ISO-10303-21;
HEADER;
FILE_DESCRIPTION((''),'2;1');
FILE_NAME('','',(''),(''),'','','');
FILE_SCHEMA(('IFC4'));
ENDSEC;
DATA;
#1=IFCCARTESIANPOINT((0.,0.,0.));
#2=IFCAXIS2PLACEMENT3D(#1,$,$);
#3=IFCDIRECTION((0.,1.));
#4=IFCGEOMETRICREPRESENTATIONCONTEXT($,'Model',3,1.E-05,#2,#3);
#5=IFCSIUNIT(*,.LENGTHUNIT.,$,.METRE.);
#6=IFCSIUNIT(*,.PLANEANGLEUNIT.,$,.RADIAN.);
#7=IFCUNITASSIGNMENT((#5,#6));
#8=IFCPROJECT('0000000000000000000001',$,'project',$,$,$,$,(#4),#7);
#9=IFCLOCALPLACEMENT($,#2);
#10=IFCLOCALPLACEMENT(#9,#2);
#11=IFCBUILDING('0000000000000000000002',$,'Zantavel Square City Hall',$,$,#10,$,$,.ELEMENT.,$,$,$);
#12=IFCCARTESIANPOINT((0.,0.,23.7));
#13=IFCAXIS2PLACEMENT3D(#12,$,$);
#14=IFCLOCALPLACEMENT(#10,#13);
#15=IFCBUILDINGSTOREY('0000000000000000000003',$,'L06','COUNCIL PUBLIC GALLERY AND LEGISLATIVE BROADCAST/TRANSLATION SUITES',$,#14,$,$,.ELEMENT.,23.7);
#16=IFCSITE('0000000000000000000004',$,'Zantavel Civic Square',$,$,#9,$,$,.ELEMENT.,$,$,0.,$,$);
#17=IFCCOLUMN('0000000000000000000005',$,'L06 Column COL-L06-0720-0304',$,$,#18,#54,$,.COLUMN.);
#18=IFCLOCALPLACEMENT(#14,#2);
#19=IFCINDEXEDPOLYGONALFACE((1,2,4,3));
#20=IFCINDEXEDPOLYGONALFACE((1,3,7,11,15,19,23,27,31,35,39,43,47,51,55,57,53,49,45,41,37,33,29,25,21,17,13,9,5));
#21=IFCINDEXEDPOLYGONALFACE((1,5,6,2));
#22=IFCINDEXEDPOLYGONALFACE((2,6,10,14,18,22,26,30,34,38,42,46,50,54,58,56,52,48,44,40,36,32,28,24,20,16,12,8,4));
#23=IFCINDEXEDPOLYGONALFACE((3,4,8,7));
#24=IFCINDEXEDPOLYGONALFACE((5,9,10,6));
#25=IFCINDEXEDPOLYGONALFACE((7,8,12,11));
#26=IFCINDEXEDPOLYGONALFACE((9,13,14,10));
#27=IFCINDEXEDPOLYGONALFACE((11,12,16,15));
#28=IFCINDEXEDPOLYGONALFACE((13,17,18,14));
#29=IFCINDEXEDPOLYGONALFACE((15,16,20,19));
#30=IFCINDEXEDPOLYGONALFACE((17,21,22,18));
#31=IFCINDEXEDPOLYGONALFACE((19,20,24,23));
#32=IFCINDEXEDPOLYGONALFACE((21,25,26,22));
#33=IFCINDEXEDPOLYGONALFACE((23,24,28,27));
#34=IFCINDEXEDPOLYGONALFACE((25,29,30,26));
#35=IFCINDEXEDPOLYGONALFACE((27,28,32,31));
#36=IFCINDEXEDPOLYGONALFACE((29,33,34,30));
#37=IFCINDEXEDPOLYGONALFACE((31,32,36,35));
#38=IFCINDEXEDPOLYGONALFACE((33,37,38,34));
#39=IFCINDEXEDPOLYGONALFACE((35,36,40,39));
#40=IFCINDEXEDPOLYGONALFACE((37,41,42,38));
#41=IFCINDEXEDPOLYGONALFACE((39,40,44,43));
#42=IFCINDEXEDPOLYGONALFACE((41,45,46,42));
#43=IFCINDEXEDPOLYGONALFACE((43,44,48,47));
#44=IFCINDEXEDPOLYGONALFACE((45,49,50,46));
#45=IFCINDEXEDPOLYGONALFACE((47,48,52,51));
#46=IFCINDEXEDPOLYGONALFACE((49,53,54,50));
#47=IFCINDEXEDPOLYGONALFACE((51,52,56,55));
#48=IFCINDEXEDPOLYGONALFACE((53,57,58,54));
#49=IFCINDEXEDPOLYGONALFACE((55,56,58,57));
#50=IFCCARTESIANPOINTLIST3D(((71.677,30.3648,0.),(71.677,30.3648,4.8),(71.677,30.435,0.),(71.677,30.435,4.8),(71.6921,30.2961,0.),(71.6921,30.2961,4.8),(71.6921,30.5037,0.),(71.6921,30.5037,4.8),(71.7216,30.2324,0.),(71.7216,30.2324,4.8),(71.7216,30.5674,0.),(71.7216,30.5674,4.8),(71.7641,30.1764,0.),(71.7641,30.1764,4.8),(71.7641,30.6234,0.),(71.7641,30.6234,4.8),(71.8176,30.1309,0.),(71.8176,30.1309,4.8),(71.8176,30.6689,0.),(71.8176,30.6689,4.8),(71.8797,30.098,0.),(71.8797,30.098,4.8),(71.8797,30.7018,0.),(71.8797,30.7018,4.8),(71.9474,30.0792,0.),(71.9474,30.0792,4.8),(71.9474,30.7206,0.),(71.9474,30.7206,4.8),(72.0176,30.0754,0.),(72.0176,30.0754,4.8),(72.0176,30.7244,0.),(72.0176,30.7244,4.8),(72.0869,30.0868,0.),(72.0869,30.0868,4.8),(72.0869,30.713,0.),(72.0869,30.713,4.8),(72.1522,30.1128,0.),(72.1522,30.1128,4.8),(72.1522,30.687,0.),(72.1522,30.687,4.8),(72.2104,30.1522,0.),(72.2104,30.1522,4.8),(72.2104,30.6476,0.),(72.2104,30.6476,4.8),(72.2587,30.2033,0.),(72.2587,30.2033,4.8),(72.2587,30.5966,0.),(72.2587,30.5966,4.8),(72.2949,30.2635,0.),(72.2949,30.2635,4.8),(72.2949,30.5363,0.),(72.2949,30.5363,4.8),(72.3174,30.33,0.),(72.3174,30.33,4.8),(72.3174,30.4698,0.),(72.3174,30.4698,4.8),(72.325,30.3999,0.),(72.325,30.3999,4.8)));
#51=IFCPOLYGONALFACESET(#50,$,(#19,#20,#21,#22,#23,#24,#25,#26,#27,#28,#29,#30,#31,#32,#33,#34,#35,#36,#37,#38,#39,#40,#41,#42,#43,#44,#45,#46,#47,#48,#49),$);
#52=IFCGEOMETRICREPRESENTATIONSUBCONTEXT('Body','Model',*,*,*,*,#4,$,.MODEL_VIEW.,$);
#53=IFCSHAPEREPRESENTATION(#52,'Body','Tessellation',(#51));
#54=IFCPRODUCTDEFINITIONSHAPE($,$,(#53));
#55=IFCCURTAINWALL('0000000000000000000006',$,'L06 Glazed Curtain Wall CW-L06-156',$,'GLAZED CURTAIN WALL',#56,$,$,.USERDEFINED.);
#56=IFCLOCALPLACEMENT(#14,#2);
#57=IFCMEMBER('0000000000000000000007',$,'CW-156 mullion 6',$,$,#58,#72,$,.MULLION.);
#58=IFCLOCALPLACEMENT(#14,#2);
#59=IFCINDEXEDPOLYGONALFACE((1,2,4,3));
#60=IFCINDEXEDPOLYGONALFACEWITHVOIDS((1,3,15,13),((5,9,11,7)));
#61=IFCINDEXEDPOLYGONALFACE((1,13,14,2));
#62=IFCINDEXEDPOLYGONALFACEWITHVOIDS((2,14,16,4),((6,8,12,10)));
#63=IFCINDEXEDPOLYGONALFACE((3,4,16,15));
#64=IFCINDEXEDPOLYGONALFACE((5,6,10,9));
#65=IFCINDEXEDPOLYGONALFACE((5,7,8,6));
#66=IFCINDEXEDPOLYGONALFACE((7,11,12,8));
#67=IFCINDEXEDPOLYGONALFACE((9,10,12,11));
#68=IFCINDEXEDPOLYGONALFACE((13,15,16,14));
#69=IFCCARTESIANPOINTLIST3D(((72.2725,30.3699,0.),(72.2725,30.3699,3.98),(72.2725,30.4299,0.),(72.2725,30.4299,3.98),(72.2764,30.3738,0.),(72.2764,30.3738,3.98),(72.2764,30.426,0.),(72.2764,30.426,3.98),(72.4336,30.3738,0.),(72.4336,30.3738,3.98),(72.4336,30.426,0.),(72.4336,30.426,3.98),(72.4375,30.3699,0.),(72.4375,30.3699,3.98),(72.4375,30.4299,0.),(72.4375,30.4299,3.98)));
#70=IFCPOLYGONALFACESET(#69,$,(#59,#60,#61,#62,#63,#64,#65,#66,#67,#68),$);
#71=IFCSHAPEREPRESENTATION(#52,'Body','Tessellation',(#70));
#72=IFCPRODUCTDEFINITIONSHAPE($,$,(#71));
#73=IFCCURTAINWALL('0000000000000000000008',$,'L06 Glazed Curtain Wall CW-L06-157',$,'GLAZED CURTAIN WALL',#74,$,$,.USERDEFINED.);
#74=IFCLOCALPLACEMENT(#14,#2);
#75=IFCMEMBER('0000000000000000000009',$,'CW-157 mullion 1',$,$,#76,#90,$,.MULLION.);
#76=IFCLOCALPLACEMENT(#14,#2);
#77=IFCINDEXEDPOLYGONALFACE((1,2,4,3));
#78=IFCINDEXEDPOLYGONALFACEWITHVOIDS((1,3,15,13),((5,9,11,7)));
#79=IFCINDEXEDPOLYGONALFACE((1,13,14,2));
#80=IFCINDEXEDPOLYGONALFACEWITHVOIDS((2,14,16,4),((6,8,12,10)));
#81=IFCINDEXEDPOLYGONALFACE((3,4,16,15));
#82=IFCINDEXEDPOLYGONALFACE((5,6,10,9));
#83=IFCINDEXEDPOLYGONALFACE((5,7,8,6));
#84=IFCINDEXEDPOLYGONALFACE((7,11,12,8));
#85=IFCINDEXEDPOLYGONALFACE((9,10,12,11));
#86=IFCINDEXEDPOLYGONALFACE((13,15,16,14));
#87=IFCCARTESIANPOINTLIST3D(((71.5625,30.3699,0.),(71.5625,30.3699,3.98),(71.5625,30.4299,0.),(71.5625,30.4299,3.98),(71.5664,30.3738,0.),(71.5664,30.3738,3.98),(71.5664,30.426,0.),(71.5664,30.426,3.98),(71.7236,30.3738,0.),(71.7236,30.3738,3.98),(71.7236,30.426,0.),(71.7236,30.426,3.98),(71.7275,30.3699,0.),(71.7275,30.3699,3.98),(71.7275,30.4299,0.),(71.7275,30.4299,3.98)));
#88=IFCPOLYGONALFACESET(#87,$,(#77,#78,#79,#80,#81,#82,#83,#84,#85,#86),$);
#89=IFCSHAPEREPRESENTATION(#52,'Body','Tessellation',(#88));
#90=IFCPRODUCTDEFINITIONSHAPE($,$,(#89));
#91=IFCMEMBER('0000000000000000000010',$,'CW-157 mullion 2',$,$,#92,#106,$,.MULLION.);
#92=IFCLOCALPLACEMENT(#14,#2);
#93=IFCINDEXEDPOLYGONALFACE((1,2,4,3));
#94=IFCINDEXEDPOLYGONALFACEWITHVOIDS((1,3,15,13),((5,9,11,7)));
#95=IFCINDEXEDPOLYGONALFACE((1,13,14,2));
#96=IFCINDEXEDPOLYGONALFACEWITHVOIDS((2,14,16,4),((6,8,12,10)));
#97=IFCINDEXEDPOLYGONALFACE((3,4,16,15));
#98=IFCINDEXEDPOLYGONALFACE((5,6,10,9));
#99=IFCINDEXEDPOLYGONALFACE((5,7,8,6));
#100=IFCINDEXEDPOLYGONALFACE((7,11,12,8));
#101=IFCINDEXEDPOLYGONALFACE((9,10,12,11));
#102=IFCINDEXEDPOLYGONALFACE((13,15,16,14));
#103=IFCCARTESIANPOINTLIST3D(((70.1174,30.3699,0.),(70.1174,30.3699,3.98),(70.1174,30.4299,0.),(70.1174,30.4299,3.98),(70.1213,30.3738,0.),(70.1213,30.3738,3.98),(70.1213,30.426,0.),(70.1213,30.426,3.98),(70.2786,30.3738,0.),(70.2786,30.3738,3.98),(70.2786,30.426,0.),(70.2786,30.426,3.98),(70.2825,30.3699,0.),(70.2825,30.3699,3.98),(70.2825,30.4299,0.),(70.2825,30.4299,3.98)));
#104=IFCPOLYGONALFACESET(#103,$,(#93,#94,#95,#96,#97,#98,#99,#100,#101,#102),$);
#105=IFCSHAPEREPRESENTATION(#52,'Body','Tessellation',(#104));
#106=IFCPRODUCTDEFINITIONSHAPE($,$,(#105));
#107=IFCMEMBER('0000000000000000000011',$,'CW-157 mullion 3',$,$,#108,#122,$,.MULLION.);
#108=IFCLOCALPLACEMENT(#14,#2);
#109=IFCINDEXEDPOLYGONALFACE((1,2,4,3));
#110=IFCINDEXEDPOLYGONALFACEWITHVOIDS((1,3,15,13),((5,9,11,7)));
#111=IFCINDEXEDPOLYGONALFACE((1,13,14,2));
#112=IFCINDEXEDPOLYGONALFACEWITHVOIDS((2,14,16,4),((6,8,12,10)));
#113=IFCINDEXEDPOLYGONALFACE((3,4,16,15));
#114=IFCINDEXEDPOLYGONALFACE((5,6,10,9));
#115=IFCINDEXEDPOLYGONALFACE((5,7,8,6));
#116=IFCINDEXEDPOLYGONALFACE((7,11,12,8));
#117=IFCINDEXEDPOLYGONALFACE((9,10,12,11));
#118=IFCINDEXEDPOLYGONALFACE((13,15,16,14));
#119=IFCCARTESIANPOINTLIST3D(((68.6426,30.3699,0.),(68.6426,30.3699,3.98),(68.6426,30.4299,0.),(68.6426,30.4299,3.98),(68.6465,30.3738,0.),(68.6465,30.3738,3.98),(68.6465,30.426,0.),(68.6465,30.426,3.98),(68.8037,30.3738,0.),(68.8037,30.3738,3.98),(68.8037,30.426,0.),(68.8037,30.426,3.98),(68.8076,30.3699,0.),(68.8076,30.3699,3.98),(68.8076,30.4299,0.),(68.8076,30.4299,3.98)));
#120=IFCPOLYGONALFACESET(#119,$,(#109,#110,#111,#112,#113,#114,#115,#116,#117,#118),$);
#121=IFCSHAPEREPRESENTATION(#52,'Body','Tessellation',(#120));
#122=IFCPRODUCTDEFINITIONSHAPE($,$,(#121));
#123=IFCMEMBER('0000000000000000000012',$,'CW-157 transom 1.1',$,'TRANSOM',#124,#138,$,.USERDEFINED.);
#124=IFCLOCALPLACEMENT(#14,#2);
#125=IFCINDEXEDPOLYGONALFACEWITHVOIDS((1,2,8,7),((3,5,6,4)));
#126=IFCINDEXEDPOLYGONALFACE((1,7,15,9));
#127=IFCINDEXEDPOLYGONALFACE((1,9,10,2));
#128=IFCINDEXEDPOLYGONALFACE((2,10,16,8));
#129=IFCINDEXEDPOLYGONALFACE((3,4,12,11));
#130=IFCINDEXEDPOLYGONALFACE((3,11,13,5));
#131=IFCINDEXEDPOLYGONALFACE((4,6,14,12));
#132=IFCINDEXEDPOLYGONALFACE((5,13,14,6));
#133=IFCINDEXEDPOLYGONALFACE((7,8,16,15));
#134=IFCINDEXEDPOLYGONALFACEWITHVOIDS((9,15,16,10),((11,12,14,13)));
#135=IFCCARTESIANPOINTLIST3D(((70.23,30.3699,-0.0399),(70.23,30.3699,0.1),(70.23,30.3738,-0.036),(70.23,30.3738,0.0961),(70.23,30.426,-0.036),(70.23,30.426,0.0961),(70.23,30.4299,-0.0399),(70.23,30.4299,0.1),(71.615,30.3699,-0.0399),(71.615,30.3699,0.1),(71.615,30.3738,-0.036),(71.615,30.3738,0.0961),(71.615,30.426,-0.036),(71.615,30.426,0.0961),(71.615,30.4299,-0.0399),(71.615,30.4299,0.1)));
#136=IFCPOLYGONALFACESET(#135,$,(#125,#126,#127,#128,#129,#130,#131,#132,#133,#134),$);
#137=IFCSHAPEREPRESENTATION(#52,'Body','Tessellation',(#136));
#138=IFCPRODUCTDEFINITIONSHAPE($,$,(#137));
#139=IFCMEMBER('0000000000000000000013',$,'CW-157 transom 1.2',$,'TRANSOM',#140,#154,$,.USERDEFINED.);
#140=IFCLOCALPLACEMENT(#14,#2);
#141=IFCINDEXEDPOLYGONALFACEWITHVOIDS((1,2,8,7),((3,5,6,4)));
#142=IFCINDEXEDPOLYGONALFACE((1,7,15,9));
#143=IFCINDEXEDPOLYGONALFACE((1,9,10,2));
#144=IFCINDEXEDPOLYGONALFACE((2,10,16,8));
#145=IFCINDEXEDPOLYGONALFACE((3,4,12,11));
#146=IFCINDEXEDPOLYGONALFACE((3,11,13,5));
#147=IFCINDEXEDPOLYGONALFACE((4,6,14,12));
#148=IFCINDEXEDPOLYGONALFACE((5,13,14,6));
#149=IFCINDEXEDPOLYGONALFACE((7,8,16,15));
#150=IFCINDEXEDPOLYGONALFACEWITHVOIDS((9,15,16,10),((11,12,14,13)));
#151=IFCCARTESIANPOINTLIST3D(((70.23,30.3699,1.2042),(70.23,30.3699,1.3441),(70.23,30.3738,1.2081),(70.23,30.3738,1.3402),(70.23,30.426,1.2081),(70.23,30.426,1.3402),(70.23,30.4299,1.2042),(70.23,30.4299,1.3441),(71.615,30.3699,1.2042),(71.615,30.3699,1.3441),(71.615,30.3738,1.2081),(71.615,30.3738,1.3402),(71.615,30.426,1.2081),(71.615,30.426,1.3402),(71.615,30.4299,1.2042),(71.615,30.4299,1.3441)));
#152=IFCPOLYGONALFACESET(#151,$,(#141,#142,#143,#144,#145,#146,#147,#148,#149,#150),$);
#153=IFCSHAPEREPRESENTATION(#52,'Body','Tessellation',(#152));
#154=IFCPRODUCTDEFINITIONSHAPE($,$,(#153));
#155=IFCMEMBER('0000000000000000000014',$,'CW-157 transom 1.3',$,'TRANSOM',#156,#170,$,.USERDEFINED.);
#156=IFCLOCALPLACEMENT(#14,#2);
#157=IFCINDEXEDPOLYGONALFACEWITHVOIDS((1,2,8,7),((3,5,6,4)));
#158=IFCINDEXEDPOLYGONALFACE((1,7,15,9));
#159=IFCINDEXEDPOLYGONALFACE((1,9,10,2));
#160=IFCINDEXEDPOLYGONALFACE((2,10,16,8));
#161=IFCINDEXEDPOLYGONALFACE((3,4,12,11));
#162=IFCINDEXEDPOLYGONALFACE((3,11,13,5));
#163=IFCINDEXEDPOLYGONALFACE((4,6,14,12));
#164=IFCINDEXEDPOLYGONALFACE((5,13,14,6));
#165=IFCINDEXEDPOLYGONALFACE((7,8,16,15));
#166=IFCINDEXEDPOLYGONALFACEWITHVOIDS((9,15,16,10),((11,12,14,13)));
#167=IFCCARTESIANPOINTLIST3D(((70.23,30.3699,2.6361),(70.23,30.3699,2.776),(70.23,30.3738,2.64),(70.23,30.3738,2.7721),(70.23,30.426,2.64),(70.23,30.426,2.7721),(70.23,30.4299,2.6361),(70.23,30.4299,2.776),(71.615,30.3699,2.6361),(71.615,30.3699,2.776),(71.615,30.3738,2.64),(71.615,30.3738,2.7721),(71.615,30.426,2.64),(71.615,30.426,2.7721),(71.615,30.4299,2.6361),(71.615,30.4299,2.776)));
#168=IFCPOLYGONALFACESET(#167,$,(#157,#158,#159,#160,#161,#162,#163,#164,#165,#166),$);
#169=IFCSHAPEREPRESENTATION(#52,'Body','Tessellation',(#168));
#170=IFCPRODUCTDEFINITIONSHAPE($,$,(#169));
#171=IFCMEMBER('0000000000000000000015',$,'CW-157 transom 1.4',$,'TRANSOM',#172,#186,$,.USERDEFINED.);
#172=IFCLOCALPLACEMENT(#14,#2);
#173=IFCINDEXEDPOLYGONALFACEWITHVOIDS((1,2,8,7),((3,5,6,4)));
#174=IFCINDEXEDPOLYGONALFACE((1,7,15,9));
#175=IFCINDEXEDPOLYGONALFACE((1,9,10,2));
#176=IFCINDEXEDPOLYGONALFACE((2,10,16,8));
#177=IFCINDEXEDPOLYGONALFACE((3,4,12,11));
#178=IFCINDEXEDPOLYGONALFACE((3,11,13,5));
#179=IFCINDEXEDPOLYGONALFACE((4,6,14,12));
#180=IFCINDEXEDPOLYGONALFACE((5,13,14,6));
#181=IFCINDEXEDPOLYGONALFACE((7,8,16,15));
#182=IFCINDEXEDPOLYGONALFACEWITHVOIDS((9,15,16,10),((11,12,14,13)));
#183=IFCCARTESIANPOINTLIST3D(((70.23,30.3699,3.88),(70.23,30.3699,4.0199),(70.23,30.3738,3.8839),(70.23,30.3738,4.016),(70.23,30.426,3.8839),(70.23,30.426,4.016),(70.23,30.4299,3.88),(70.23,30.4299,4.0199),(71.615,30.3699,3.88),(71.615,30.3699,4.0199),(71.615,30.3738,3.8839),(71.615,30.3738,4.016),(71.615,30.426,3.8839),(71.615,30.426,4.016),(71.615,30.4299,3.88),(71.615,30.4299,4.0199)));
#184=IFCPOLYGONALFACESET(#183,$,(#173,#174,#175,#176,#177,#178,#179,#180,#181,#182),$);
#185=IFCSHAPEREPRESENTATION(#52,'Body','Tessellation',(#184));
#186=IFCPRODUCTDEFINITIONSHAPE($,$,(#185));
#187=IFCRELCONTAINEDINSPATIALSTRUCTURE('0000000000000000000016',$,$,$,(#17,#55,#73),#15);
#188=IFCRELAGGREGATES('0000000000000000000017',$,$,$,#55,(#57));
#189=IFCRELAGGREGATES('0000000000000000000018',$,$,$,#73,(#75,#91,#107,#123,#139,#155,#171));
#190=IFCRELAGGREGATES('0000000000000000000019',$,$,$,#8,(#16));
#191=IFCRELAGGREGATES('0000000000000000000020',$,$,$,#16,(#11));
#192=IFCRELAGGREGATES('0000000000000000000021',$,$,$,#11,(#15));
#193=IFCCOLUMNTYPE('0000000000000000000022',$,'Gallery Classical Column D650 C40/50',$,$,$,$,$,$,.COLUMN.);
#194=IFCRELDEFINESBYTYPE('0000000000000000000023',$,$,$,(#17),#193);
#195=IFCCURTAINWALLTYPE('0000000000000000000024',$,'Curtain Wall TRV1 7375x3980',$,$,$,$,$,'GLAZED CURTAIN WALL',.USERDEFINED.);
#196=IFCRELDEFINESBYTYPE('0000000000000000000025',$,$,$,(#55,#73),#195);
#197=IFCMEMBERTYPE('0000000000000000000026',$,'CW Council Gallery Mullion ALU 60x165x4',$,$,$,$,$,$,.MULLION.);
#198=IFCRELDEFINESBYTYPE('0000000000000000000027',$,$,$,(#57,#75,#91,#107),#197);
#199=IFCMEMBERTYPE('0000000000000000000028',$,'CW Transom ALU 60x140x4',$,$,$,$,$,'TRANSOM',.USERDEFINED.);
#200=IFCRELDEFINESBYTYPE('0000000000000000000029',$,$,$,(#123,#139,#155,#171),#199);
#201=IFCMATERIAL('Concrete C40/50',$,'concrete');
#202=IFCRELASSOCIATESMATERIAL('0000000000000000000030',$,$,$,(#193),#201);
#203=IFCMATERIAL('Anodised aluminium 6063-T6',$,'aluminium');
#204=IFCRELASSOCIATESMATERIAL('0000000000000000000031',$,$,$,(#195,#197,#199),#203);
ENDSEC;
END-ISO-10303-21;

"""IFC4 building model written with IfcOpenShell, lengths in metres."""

from ifc_helpers import new_model, si_unit, direction, frame, origin, origin_2d, place, context, subcontext, project, spatial, hollow_rectangle, circle, extrude, material, material_profile, profile_set, type_object, element, aggregate, save


model = new_model("IFC4")

# Units and contexts
model_context = context("Model", 3, precision=1e-05, world=origin(), true_north=direction((0.0, 1.0)))
body_context = subcontext(model_context, "Body", "Model", "MODEL_VIEW")
ifc_project = project(units=[si_unit("LENGTHUNIT", "METRE"), si_unit("PLANEANGLEUNIT", "RADIAN")], contexts=[model_context])

# Site, building, storey
site_placement = place(None, origin())
site = spatial("IfcSite", under=ifc_project, at=site_placement, Name="Zantavel Civic Square", CompositionType="ELEMENT", RefElevation=0.0)
building_placement = place(site_placement, origin())
building = spatial("IfcBuilding", under=site, at=building_placement, Name="Zantavel Square City Hall", CompositionType="ELEMENT")
storey_placement = place(building_placement, frame((0.0, 0.0, 23.7)))
storey = spatial("IfcBuildingStorey", under=building, at=storey_placement, Name="L06", Description="COUNCIL PUBLIC GALLERY AND LEGISLATIVE BROADCAST/TRANSLATION SUITES", CompositionType="ELEMENT", Elevation=23.7)

# Column
ifc_material_1 = material(Name="Concrete C40/50", Category="concrete")
ifc_material_profile_1 = material_profile(ifc_material_1, circle(Radius=0.325, at=origin_2d()), Name="ROUND D650")
ifc_profile_set_1 = profile_set([ifc_material_profile_1], Name="Concrete C40/50")
column_type = type_object("IfcColumnType", Name="Gallery Classical Column D650 C40/50", PredefinedType="COLUMN", material=ifc_profile_set_1)
column_placement = place(storey_placement, frame((72.0, 30.3999, 0.0), z_axis=(0.0, 0.0, 1.0), x_axis=(1.0, 0.0, 0.0)))
element("IfcColumn", 1, at=column_placement, inside=storey, type_object=column_type, Name="L06 Column COL-L06-0720-0304", PredefinedType="COLUMN", context=body_context, shape_type="SweptSolid", body=[
    extrude(circle(Radius=0.325, at=origin_2d()), origin(), (0.0, 0.0, 1.0), 4.8),
])

# Curtain wall, member
ifc_material_2 = material(Name="Anodised aluminium 6063-T6", Category="aluminium")
curtain_wall_type = type_object("IfcCurtainWallType", Name="Curtain Wall TRV1 7375x3980", ElementType="GLAZED CURTAIN WALL", PredefinedType="USERDEFINED", material=ifc_material_2)
curtain_wall_1_placement = place(storey_placement, origin())
curtain_wall_1 = element("IfcCurtainWall", 2, at=curtain_wall_1_placement, inside=storey, type_object=curtain_wall_type, Name="L06 Glazed Curtain Wall CW-L06-156", ObjectType="GLAZED CURTAIN WALL", PredefinedType="USERDEFINED")
ifc_material_profile_2 = material_profile(ifc_material_2, hollow_rectangle(XDim=0.0601, YDim=0.165, WallThickness=0.0039, at=origin_2d()), Name="ALU 60x165x4")
ifc_profile_set_2 = profile_set([ifc_material_profile_2], Name="Anodised aluminium 6063-T6")
member_type_1 = type_object("IfcMemberType", Name="CW Council Gallery Mullion ALU 60x165x4", PredefinedType="MULLION", material=ifc_profile_set_2)
member_1_placement = place(storey_placement, frame((72.355, 30.3999, 0.0), z_axis=(0.0, 0.0, 1.0), x_axis=(0.0, -1.0, 0.0)))
member_1 = element("IfcMember", 3, at=member_1_placement, type_object=member_type_1, Name="CW-156 mullion 6", PredefinedType="MULLION", context=body_context, shape_type="SweptSolid", body=[
    extrude(hollow_rectangle(XDim=0.0601, YDim=0.165, WallThickness=0.0039, at=origin_2d()), origin(), (0.0, 0.0, 1.0), 3.98),
])
aggregate(curtain_wall_1, [member_1])

# Curtain wall, members
curtain_wall_2_placement = place(storey_placement, origin())
curtain_wall_2 = element("IfcCurtainWall", 4, at=curtain_wall_2_placement, inside=storey, type_object=curtain_wall_type, Name="L06 Glazed Curtain Wall CW-L06-157", ObjectType="GLAZED CURTAIN WALL", PredefinedType="USERDEFINED")
member_2_placement = place(storey_placement, frame((71.645, 30.3999, 0.0), z_axis=(0.0, 0.0, 1.0), x_axis=(0.0, -1.0, 0.0)))
member_2 = element("IfcMember", 5, at=member_2_placement, type_object=member_type_1, Name="CW-157 mullion 1", PredefinedType="MULLION", context=body_context, shape_type="SweptSolid", body=[
    extrude(hollow_rectangle(XDim=0.0601, YDim=0.165, WallThickness=0.0039, at=origin_2d()), origin(), (0.0, 0.0, 1.0), 3.98),
])
member_3_placement = place(storey_placement, frame((70.2, 30.3999, 0.0), z_axis=(0.0, 0.0, 1.0), x_axis=(0.0, -1.0, 0.0)))
member_3 = element("IfcMember", 6, at=member_3_placement, type_object=member_type_1, Name="CW-157 mullion 2", PredefinedType="MULLION", context=body_context, shape_type="SweptSolid", body=[
    extrude(hollow_rectangle(XDim=0.0601, YDim=0.165, WallThickness=0.0039, at=origin_2d()), origin(), (0.0, 0.0, 1.0), 3.98),
])
member_4_placement = place(storey_placement, frame((68.7251, 30.3999, 0.0), z_axis=(0.0, 0.0, 1.0), x_axis=(0.0, -1.0, 0.0)))
member_4 = element("IfcMember", 7, at=member_4_placement, type_object=member_type_1, Name="CW-157 mullion 3", PredefinedType="MULLION", context=body_context, shape_type="SweptSolid", body=[
    extrude(hollow_rectangle(XDim=0.0601, YDim=0.165, WallThickness=0.0039, at=origin_2d()), origin(), (0.0, 0.0, 1.0), 3.98),
])
ifc_material_profile_3 = material_profile(ifc_material_2, hollow_rectangle(XDim=0.0601, YDim=0.1399, WallThickness=0.0039, at=origin_2d()), Name="ALU 60x140x4")
ifc_profile_set_3 = profile_set([ifc_material_profile_3], Name="Anodised aluminium 6063-T6")
member_type_2 = type_object("IfcMemberType", Name="CW Transom ALU 60x140x4", ElementType="TRANSOM", PredefinedType="USERDEFINED", material=ifc_profile_set_3)
member_5_placement = place(storey_placement, frame((71.615, 30.3999, 0.03), z_axis=(-1.0, 0.0, 0.0), x_axis=(0.0, -1.0, 0.0)))
member_5 = element("IfcMember", 8, at=member_5_placement, type_object=member_type_2, Name="CW-157 transom 1.1", ObjectType="TRANSOM", PredefinedType="USERDEFINED", context=body_context, shape_type="SweptSolid", body=[
    extrude(hollow_rectangle(XDim=0.0601, YDim=0.1399, WallThickness=0.0039, at=origin_2d()), origin(), (0.0, 0.0, 1.0), 1.385),
])
member_6_placement = place(storey_placement, frame((71.615, 30.3999, 1.2742), z_axis=(-1.0, 0.0, 0.0), x_axis=(0.0, -1.0, 0.0)))
member_6 = element("IfcMember", 9, at=member_6_placement, type_object=member_type_2, Name="CW-157 transom 1.2", ObjectType="TRANSOM", PredefinedType="USERDEFINED", context=body_context, shape_type="SweptSolid", body=[
    extrude(hollow_rectangle(XDim=0.0601, YDim=0.1399, WallThickness=0.0039, at=origin_2d()), origin(), (0.0, 0.0, 1.0), 1.385),
])
member_7_placement = place(storey_placement, frame((71.615, 30.3999, 2.7061), z_axis=(-1.0, 0.0, 0.0), x_axis=(0.0, -1.0, 0.0)))
member_7 = element("IfcMember", 10, at=member_7_placement, type_object=member_type_2, Name="CW-157 transom 1.3", ObjectType="TRANSOM", PredefinedType="USERDEFINED", context=body_context, shape_type="SweptSolid", body=[
    extrude(hollow_rectangle(XDim=0.0601, YDim=0.1399, WallThickness=0.0039, at=origin_2d()), origin(), (0.0, 0.0, 1.0), 1.385),
])
member_8_placement = place(storey_placement, frame((71.615, 30.3999, 3.95), z_axis=(-1.0, 0.0, 0.0), x_axis=(0.0, -1.0, 0.0)))
member_8 = element("IfcMember", 11, at=member_8_placement, type_object=member_type_2, Name="CW-157 transom 1.4", ObjectType="TRANSOM", PredefinedType="USERDEFINED", context=body_context, shape_type="SweptSolid", body=[
    extrude(hollow_rectangle(XDim=0.0601, YDim=0.1399, WallThickness=0.0039, at=origin_2d()), origin(), (0.0, 0.0, 1.0), 1.385),
])

aggregate(curtain_wall_2, [member_2, member_3, member_4, member_5, member_6, member_7, member_8])

save(model, "model.ifc")
